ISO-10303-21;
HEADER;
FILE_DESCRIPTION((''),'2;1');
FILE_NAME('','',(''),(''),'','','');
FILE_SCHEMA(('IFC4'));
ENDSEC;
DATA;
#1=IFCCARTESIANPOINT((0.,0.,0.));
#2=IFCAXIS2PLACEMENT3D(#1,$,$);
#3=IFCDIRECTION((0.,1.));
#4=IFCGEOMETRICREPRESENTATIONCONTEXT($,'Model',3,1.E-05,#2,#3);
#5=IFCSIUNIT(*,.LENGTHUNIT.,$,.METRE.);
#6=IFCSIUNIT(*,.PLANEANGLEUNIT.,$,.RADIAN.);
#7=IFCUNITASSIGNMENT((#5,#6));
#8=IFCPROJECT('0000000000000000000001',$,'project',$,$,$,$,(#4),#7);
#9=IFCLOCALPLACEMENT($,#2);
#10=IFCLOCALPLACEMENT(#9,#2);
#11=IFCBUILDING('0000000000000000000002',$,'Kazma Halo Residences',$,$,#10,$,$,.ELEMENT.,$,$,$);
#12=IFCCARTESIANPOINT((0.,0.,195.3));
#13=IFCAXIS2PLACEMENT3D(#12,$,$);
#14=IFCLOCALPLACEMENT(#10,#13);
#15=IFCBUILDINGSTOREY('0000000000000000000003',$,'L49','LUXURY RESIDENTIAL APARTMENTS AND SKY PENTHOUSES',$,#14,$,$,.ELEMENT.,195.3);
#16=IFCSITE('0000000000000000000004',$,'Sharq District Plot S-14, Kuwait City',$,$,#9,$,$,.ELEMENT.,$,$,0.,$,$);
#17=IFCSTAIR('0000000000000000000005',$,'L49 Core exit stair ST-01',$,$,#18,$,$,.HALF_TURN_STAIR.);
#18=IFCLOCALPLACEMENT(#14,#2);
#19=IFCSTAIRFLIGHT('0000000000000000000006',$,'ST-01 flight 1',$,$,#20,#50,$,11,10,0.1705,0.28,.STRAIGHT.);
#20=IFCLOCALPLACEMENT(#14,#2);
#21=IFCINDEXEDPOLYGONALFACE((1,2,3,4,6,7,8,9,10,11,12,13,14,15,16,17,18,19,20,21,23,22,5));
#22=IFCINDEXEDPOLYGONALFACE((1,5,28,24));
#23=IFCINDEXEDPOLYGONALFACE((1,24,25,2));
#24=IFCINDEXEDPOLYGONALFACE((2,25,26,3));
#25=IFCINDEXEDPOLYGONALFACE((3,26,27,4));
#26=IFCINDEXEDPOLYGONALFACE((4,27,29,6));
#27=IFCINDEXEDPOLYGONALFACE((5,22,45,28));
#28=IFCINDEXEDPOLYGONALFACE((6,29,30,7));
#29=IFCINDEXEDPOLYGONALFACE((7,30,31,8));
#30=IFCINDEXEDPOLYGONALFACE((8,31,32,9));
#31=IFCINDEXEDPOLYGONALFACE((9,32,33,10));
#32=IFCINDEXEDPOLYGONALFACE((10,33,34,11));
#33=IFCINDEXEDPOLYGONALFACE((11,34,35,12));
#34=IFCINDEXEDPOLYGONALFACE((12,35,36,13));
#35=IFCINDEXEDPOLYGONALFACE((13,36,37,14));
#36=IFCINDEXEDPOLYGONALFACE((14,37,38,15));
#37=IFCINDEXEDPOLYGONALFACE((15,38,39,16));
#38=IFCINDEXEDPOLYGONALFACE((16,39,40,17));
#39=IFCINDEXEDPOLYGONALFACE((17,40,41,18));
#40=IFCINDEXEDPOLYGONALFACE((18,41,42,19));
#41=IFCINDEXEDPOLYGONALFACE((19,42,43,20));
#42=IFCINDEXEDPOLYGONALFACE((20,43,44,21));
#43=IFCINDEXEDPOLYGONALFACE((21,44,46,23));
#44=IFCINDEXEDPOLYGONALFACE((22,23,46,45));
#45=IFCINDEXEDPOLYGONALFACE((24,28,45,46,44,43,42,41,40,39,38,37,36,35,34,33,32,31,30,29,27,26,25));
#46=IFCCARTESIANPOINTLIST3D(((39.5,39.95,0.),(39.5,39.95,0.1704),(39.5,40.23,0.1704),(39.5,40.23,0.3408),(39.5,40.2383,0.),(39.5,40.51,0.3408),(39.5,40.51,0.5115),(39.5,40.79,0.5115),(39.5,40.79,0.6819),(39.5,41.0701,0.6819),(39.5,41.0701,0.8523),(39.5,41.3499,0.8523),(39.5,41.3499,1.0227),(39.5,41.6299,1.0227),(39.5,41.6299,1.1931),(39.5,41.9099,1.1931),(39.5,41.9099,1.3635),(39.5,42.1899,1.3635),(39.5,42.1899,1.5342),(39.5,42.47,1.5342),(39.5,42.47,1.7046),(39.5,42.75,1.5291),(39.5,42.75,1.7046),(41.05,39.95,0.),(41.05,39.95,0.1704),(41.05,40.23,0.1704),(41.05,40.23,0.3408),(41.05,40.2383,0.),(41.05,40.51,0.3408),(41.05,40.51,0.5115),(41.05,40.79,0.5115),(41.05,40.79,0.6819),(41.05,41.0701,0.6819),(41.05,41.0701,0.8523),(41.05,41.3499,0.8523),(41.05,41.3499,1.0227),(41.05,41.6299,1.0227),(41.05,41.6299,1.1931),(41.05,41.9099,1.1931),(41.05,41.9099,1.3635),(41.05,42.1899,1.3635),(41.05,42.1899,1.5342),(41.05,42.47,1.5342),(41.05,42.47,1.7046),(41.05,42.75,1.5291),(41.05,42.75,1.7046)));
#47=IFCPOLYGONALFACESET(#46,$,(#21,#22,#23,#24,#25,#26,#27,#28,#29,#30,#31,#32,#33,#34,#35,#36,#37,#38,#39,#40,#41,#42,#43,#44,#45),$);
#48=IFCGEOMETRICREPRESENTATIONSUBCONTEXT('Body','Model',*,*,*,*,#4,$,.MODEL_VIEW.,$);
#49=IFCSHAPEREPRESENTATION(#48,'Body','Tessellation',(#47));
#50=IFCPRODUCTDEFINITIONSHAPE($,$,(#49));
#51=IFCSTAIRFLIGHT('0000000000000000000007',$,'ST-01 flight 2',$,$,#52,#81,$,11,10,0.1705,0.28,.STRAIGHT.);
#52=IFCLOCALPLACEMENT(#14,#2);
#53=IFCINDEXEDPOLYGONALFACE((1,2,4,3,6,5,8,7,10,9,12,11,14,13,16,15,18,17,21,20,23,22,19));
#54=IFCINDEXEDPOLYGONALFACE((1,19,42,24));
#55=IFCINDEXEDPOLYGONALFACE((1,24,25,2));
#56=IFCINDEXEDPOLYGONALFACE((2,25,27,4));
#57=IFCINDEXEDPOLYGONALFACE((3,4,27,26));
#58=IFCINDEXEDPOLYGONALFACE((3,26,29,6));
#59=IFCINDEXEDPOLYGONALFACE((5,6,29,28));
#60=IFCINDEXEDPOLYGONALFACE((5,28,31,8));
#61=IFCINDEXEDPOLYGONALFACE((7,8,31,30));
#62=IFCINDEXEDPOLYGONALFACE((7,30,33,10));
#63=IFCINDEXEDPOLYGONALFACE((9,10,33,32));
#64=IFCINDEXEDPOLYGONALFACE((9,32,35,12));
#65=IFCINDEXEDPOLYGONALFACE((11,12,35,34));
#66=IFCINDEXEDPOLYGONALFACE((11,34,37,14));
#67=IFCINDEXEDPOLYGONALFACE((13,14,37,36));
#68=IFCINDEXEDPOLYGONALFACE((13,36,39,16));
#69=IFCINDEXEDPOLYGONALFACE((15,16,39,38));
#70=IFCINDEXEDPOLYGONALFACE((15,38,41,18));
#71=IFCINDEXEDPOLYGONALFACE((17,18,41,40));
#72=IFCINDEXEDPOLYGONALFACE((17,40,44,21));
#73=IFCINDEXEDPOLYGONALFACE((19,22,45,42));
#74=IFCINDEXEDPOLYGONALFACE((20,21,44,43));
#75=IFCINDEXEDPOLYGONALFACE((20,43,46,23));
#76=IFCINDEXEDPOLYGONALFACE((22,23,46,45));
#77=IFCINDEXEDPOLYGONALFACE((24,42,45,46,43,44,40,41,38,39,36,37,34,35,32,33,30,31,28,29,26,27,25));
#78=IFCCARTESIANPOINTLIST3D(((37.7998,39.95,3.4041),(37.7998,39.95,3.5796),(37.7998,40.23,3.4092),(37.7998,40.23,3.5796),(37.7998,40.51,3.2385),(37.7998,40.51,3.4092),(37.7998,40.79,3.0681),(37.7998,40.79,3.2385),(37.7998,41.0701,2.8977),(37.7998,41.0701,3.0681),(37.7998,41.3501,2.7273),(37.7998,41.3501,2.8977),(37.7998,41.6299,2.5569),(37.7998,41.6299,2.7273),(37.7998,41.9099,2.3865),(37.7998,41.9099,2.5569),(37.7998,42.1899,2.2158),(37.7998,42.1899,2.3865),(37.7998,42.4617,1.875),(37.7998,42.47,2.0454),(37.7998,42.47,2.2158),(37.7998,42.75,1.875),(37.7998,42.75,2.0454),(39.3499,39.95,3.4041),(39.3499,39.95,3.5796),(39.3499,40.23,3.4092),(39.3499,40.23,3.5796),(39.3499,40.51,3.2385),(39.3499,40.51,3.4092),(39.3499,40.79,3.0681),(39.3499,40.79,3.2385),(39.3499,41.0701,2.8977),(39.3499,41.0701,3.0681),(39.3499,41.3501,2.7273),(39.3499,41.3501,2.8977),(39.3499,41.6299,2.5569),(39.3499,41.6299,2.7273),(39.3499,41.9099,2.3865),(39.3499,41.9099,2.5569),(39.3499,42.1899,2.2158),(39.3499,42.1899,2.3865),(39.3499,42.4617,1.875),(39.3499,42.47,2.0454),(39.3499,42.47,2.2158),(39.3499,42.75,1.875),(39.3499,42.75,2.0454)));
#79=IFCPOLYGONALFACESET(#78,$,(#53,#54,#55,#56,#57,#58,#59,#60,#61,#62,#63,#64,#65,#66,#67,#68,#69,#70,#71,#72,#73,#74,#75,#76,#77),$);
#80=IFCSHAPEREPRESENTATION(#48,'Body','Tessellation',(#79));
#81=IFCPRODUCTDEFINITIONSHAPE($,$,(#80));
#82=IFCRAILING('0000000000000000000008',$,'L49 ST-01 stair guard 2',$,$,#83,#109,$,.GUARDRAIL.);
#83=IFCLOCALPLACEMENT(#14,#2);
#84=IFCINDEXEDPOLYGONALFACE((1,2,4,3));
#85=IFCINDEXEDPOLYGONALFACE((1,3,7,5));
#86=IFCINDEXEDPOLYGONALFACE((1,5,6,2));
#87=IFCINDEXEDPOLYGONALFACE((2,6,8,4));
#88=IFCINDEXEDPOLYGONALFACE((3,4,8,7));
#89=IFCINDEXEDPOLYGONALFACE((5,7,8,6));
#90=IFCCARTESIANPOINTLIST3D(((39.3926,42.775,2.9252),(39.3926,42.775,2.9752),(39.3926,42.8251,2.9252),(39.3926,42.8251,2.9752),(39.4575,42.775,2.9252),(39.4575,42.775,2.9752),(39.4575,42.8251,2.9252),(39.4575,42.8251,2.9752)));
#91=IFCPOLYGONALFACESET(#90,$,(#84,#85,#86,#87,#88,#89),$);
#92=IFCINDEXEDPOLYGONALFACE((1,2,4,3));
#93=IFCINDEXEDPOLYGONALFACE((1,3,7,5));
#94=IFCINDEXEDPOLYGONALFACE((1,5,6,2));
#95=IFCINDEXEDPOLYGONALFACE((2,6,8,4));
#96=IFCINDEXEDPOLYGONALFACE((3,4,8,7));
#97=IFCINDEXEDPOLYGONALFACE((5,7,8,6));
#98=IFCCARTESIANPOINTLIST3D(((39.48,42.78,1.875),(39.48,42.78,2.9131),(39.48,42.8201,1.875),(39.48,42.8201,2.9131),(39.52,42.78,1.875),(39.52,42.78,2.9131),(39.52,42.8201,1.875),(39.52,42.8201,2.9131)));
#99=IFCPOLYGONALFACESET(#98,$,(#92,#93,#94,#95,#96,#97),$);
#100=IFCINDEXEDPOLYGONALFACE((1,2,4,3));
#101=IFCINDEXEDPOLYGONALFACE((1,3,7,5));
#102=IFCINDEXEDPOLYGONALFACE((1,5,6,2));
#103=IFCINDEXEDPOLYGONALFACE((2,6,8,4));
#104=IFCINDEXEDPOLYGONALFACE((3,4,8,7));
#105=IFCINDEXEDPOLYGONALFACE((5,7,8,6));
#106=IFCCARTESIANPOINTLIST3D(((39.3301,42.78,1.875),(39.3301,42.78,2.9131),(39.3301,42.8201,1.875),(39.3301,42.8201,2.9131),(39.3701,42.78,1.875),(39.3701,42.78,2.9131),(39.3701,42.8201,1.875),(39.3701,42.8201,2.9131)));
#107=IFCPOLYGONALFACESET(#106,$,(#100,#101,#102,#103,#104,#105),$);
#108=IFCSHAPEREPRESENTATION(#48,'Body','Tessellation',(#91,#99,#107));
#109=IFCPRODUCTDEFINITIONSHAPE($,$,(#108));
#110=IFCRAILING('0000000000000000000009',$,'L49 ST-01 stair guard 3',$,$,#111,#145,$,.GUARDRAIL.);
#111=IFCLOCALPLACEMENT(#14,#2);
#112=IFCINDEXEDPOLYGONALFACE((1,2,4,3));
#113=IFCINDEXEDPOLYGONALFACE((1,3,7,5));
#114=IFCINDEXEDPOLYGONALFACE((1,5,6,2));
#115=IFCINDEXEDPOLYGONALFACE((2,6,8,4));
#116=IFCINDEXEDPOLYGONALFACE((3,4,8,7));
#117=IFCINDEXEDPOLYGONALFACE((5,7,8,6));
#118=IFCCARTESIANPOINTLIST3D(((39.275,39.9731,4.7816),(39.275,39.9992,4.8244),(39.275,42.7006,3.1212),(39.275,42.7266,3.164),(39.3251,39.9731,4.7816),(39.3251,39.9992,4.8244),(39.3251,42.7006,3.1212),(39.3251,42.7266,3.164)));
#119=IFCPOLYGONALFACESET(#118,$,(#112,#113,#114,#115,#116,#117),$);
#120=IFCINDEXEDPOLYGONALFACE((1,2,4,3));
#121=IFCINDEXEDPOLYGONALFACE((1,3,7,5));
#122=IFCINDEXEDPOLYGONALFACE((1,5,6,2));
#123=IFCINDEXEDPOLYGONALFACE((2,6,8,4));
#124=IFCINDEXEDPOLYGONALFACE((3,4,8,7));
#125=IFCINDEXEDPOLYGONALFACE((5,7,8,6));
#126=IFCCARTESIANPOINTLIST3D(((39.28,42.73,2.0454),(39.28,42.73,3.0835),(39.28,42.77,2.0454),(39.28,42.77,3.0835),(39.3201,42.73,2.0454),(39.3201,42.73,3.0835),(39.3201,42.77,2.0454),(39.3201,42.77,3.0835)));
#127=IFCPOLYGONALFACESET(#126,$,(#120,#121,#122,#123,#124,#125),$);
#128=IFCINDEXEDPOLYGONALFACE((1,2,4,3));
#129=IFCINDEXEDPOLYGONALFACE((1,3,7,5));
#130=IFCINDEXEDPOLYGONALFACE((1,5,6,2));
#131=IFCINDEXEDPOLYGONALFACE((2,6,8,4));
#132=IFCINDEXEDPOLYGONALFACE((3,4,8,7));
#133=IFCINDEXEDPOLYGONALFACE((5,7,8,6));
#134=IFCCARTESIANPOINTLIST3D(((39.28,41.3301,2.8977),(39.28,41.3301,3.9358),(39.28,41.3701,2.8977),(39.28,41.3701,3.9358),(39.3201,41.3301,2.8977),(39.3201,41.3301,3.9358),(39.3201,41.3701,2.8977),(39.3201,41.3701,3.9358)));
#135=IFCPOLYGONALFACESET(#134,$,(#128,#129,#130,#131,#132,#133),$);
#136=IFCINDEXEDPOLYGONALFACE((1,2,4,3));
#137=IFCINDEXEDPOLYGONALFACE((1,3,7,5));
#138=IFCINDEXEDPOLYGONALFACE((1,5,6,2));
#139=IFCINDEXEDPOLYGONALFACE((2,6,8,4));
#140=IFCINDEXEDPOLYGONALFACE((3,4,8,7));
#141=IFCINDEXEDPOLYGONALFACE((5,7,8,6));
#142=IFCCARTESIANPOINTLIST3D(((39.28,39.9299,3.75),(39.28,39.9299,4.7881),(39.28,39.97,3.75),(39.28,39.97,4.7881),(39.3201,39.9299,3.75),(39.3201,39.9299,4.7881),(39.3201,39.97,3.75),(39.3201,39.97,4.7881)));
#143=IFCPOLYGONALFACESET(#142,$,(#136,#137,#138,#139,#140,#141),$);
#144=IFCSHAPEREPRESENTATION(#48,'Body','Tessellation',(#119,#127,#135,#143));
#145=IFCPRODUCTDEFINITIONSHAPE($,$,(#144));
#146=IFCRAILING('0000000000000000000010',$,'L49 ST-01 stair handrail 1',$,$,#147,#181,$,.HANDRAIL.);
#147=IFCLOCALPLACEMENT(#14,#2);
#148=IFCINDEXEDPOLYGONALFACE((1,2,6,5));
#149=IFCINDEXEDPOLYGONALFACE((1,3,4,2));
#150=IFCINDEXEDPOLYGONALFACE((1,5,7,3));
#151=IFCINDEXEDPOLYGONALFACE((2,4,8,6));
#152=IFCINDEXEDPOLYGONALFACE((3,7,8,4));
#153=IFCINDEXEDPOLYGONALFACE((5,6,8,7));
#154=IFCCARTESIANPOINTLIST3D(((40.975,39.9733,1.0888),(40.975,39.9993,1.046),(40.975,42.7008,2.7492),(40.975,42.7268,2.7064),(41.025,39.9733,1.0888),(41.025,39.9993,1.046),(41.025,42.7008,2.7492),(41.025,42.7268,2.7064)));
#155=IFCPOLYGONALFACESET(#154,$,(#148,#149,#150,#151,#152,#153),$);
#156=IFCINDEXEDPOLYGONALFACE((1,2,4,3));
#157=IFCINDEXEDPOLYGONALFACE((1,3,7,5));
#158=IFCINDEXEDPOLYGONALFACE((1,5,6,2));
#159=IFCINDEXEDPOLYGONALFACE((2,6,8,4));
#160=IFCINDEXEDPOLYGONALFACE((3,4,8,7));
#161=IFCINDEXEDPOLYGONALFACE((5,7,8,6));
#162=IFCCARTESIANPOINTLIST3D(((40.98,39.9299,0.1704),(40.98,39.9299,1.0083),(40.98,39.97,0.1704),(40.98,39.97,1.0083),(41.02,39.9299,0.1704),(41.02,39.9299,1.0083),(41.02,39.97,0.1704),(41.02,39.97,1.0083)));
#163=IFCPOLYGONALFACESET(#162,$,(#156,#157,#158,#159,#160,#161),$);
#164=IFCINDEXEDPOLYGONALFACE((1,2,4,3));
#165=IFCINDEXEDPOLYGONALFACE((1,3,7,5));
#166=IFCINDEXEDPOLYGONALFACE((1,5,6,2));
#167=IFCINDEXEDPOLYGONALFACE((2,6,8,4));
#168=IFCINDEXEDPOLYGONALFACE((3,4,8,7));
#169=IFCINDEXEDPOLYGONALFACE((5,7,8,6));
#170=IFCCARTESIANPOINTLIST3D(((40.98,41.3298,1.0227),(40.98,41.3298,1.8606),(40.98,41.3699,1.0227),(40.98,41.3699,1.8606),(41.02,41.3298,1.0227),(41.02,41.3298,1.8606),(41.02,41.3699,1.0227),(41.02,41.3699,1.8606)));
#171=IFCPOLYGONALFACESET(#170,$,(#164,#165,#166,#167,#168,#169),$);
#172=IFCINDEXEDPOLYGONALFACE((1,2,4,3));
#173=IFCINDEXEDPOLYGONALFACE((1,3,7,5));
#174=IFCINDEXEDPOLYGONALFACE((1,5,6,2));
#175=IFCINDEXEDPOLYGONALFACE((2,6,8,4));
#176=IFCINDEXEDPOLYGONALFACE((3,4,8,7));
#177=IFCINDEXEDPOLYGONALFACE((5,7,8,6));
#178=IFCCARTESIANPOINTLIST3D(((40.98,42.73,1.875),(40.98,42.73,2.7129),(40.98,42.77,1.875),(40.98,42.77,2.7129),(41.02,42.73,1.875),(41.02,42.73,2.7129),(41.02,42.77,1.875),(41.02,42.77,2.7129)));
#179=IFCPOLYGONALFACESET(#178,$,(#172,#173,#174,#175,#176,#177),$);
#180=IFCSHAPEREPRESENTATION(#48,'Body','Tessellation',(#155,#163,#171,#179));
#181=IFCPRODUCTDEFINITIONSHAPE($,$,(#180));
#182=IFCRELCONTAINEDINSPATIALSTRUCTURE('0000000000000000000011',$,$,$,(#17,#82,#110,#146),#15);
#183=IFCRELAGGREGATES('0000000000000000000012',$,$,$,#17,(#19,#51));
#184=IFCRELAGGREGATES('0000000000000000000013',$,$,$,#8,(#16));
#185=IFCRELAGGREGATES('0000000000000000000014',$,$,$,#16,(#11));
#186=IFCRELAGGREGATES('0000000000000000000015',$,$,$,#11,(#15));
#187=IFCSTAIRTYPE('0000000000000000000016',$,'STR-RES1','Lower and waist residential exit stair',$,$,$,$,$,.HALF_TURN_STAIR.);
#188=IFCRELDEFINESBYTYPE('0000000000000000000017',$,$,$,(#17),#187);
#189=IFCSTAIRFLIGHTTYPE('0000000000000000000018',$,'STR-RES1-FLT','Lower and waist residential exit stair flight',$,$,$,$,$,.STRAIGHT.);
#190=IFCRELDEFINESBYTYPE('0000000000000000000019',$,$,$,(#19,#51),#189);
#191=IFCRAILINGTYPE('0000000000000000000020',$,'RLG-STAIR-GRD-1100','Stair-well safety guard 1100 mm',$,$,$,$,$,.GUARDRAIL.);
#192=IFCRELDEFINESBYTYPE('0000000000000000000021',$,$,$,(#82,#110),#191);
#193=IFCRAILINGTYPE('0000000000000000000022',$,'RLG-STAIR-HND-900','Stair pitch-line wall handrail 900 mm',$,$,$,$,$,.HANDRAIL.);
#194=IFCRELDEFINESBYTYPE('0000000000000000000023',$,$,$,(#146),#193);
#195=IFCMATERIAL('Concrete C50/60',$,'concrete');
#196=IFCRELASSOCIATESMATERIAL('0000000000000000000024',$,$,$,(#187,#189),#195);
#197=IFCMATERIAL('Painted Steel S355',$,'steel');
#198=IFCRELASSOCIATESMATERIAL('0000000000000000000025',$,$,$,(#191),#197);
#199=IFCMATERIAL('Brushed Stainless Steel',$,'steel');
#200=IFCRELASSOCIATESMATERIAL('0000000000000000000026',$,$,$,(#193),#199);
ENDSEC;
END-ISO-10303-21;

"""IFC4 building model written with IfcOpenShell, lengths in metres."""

from ifc_helpers import new_model, si_unit, direction, frame, origin, origin_2d, place, context, subcontext, project, spatial, polyline, rectangle, outline, extrude, material, type_object, element, aggregate, save


model = new_model("IFC4")

# Units and contexts
model_context = context("Model", 3, precision=1e-05, world=origin(), true_north=direction((0.0, 1.0)))
body_context = subcontext(model_context, "Body", "Model", "MODEL_VIEW")
ifc_project = project(units=[si_unit("LENGTHUNIT", "METRE"), si_unit("PLANEANGLEUNIT", "RADIAN")], contexts=[model_context])

# Site, building, storey
site_placement = place(None, origin())
site = spatial("IfcSite", under=ifc_project, at=site_placement, Name="Sharq District Plot S-14, Kuwait City", CompositionType="ELEMENT", RefElevation=0.0)
building_placement = place(site_placement, origin())
building = spatial("IfcBuilding", under=site, at=building_placement, Name="Kazma Halo Residences", CompositionType="ELEMENT")
storey_placement = place(building_placement, frame((0.0, 0.0, 195.3)))
storey = spatial("IfcBuildingStorey", under=building, at=storey_placement, Name="L49", Description="LUXURY RESIDENTIAL APARTMENTS AND SKY PENTHOUSES", CompositionType="ELEMENT", Elevation=195.3)

# Stair, stair flights
ifc_material_1 = material(Name="Concrete C50/60", Category="concrete")
stair_type = type_object("IfcStairType", Name="STR-RES1", Description="Lower and waist residential exit stair", PredefinedType="HALF_TURN_STAIR", material=ifc_material_1)
stair_placement = place(storey_placement, origin())
stair = element("IfcStair", 1, at=stair_placement, inside=storey, type_object=stair_type, Name="L49 Core exit stair ST-01", PredefinedType="HALF_TURN_STAIR")
stair_flight_type = type_object("IfcStairFlightType", Name="STR-RES1-FLT", Description="Lower and waist residential exit stair flight", PredefinedType="STRAIGHT", material=ifc_material_1)
stair_flight_1_placement = place(storey_placement, frame((40.2749, 39.95, 0.0), z_axis=(0.0, 0.0, 1.0), x_axis=(0.0, 1.0, 0.0)))
stair_flight_1 = element("IfcStairFlight", 2, at=stair_flight_1_placement, type_object=stair_flight_type, Name="ST-01 flight 1", NumberOfRisers=11, NumberOfTreads=10, PredefinedType="STRAIGHT", RiserHeight=0.1705, TreadLength=0.28, context=body_context, shape_type="SweptSolid", body=[
    extrude(outline(polyline([(0.0, 0.0), (0.0, 0.1704), (0.28, 0.1704), (0.28, 0.3408), (0.5601, 0.3408), (0.5601, 0.5115), (0.8401, 0.5115), (0.8401, 0.6819), (1.1201, 0.6819), (1.1201, 0.8523), (1.3999, 0.8523), (1.3999, 1.0227), (1.6799, 1.0227), (1.6799, 1.1931), (1.96, 1.1931), (1.96, 1.3635), (2.24, 1.3635), (2.24, 1.5342), (2.52, 1.5342), (2.52, 1.7046), (2.8, 1.7046), (2.8, 1.875), (2.8, 1.5291), (0.2883, 0.0), (0.0, 0.0)])), frame((0.0, 0.7749, 0.0), z_axis=(0.0, -1.0, 0.0), x_axis=(1.0, 0.0, 0.0)), (0.0, 0.0, 1.0), 1.55),
])
stair_flight_2_placement = place(storey_placement, frame((38.575, 42.75, 1.875), z_axis=(0.0, 0.0, 1.0), x_axis=(0.0, -1.0, 0.0)))
stair_flight_2 = element("IfcStairFlight", 3, at=stair_flight_2_placement, type_object=stair_flight_type, Name="ST-01 flight 2", NumberOfRisers=11, NumberOfTreads=10, PredefinedType="STRAIGHT", RiserHeight=0.1705, TreadLength=0.28, context=body_context, shape_type="SweptSolid", body=[
    extrude(outline(polyline([(0.0, 0.0), (0.0, 0.1704), (0.28, 0.1704), (0.28, 0.3408), (0.5601, 0.3408), (0.5601, 0.5115), (0.8401, 0.5115), (0.8401, 0.6819), (1.1201, 0.6819), (1.1201, 0.8523), (1.3999, 0.8523), (1.3999, 1.0227), (1.6799, 1.0227), (1.6799, 1.1931), (1.96, 1.1931), (1.96, 1.3635), (2.24, 1.3635), (2.24, 1.5342), (2.52, 1.5342), (2.52, 1.7046), (2.8, 1.7046), (2.8, 1.875), (2.8, 1.5291), (0.2883, 0.0), (0.0, 0.0)])), frame((0.0, 0.7749, 0.0), z_axis=(0.0, -1.0, 0.0), x_axis=(1.0, 0.0, 0.0)), (0.0, 0.0, 1.0), 1.55),
])
aggregate(stair, [stair_flight_1, stair_flight_2])

# Railings
ifc_material_2 = material(Name="Painted Steel S355", Category="steel")
railing_type_1 = type_object("IfcRailingType", Name="RLG-STAIR-GRD-1100", Description="Stair-well safety guard 1100 mm", PredefinedType="GUARDRAIL", material=ifc_material_2)
railing_1_placement = place(storey_placement, frame((39.5, 42.8, 1.875)))
element("IfcRailing", 4, at=railing_1_placement, inside=storey, type_object=railing_type_1, Name="L49 ST-01 stair guard 2", PredefinedType="GUARDRAIL", context=body_context, shape_type="SweptSolid", body=[
    extrude(rectangle(XDim=0.05, YDim=0.05, at=origin_2d()), frame((-0.0425, 0.0, 1.0752), z_axis=(-1.0, 0.0, 0.0), x_axis=(0.0, -1.0, 0.0)), (0.0, 0.0, 1.0), 0.0649),
    extrude(rectangle(XDim=0.04, YDim=0.04, at=origin_2d()), origin(), (0.0, 0.0, 1.0), 1.0381),
    extrude(rectangle(XDim=0.04, YDim=0.04, at=origin_2d()), frame((-0.1499, 0.0, 0.0)), (0.0, 0.0, 1.0), 1.0381),
])
railing_2_placement = place(storey_placement, frame((39.3, 42.75, 2.0454)))
element("IfcRailing", 5, at=railing_2_placement, inside=storey, type_object=railing_type_1, Name="L49 ST-01 stair guard 3", PredefinedType="GUARDRAIL", context=body_context, shape_type="SweptSolid", body=[
    extrude(rectangle(XDim=0.05, YDim=0.05, at=origin_2d()), frame((0.0, -0.0364, 1.0972), z_axis=(0.0, -0.85417, 0.519994), x_axis=(1.0, 0.0, 0.0)), (0.0, 0.0, 1.0), 3.1931),
    extrude(rectangle(XDim=0.04, YDim=0.04, at=origin_2d()), origin(), (0.0, 0.0, 1.0), 1.0381),
    extrude(rectangle(XDim=0.04, YDim=0.04, at=origin_2d()), frame((0.0, -1.3999, 0.8523)), (0.0, 0.0, 1.0), 1.0381),
    extrude(rectangle(XDim=0.04, YDim=0.04, at=origin_2d()), frame((0.0, -2.8, 1.7046)), (0.0, 0.0, 1.0), 1.0381),
])
ifc_material_3 = material(Name="Brushed Stainless Steel", Category="steel")
railing_type_2 = type_object("IfcRailingType", Name="RLG-STAIR-HND-900", Description="Stair pitch-line wall handrail 900 mm", PredefinedType="HANDRAIL", material=ifc_material_3)
railing_3_placement = place(storey_placement, frame((41.0, 39.95, 0.1704)))
element("IfcRailing", 6, at=railing_3_placement, inside=storey, type_object=railing_type_2, Name="L49 ST-01 stair handrail 1", PredefinedType="HANDRAIL", context=body_context, shape_type="SweptSolid", body=[
    extrude(rectangle(XDim=0.05, YDim=0.05, at=origin_2d()), frame((0.0, 0.0364, 0.897), z_axis=(0.0, 0.85417, 0.519994), x_axis=(-1.0, 0.0, 0.0)), (0.0, 0.0, 1.0), 3.1931),
    extrude(rectangle(XDim=0.04, YDim=0.04, at=origin_2d()), origin(), (0.0, 0.0, 1.0), 0.8379),
    extrude(rectangle(XDim=0.04, YDim=0.04, at=origin_2d()), frame((0.0, 1.3999, 0.8523)), (0.0, 0.0, 1.0), 0.8379),
    extrude(rectangle(XDim=0.04, YDim=0.04, at=origin_2d()), frame((0.0, 2.8, 1.7046)), (0.0, 0.0, 1.0), 0.8379),
])

save(model, "model.ifc")
